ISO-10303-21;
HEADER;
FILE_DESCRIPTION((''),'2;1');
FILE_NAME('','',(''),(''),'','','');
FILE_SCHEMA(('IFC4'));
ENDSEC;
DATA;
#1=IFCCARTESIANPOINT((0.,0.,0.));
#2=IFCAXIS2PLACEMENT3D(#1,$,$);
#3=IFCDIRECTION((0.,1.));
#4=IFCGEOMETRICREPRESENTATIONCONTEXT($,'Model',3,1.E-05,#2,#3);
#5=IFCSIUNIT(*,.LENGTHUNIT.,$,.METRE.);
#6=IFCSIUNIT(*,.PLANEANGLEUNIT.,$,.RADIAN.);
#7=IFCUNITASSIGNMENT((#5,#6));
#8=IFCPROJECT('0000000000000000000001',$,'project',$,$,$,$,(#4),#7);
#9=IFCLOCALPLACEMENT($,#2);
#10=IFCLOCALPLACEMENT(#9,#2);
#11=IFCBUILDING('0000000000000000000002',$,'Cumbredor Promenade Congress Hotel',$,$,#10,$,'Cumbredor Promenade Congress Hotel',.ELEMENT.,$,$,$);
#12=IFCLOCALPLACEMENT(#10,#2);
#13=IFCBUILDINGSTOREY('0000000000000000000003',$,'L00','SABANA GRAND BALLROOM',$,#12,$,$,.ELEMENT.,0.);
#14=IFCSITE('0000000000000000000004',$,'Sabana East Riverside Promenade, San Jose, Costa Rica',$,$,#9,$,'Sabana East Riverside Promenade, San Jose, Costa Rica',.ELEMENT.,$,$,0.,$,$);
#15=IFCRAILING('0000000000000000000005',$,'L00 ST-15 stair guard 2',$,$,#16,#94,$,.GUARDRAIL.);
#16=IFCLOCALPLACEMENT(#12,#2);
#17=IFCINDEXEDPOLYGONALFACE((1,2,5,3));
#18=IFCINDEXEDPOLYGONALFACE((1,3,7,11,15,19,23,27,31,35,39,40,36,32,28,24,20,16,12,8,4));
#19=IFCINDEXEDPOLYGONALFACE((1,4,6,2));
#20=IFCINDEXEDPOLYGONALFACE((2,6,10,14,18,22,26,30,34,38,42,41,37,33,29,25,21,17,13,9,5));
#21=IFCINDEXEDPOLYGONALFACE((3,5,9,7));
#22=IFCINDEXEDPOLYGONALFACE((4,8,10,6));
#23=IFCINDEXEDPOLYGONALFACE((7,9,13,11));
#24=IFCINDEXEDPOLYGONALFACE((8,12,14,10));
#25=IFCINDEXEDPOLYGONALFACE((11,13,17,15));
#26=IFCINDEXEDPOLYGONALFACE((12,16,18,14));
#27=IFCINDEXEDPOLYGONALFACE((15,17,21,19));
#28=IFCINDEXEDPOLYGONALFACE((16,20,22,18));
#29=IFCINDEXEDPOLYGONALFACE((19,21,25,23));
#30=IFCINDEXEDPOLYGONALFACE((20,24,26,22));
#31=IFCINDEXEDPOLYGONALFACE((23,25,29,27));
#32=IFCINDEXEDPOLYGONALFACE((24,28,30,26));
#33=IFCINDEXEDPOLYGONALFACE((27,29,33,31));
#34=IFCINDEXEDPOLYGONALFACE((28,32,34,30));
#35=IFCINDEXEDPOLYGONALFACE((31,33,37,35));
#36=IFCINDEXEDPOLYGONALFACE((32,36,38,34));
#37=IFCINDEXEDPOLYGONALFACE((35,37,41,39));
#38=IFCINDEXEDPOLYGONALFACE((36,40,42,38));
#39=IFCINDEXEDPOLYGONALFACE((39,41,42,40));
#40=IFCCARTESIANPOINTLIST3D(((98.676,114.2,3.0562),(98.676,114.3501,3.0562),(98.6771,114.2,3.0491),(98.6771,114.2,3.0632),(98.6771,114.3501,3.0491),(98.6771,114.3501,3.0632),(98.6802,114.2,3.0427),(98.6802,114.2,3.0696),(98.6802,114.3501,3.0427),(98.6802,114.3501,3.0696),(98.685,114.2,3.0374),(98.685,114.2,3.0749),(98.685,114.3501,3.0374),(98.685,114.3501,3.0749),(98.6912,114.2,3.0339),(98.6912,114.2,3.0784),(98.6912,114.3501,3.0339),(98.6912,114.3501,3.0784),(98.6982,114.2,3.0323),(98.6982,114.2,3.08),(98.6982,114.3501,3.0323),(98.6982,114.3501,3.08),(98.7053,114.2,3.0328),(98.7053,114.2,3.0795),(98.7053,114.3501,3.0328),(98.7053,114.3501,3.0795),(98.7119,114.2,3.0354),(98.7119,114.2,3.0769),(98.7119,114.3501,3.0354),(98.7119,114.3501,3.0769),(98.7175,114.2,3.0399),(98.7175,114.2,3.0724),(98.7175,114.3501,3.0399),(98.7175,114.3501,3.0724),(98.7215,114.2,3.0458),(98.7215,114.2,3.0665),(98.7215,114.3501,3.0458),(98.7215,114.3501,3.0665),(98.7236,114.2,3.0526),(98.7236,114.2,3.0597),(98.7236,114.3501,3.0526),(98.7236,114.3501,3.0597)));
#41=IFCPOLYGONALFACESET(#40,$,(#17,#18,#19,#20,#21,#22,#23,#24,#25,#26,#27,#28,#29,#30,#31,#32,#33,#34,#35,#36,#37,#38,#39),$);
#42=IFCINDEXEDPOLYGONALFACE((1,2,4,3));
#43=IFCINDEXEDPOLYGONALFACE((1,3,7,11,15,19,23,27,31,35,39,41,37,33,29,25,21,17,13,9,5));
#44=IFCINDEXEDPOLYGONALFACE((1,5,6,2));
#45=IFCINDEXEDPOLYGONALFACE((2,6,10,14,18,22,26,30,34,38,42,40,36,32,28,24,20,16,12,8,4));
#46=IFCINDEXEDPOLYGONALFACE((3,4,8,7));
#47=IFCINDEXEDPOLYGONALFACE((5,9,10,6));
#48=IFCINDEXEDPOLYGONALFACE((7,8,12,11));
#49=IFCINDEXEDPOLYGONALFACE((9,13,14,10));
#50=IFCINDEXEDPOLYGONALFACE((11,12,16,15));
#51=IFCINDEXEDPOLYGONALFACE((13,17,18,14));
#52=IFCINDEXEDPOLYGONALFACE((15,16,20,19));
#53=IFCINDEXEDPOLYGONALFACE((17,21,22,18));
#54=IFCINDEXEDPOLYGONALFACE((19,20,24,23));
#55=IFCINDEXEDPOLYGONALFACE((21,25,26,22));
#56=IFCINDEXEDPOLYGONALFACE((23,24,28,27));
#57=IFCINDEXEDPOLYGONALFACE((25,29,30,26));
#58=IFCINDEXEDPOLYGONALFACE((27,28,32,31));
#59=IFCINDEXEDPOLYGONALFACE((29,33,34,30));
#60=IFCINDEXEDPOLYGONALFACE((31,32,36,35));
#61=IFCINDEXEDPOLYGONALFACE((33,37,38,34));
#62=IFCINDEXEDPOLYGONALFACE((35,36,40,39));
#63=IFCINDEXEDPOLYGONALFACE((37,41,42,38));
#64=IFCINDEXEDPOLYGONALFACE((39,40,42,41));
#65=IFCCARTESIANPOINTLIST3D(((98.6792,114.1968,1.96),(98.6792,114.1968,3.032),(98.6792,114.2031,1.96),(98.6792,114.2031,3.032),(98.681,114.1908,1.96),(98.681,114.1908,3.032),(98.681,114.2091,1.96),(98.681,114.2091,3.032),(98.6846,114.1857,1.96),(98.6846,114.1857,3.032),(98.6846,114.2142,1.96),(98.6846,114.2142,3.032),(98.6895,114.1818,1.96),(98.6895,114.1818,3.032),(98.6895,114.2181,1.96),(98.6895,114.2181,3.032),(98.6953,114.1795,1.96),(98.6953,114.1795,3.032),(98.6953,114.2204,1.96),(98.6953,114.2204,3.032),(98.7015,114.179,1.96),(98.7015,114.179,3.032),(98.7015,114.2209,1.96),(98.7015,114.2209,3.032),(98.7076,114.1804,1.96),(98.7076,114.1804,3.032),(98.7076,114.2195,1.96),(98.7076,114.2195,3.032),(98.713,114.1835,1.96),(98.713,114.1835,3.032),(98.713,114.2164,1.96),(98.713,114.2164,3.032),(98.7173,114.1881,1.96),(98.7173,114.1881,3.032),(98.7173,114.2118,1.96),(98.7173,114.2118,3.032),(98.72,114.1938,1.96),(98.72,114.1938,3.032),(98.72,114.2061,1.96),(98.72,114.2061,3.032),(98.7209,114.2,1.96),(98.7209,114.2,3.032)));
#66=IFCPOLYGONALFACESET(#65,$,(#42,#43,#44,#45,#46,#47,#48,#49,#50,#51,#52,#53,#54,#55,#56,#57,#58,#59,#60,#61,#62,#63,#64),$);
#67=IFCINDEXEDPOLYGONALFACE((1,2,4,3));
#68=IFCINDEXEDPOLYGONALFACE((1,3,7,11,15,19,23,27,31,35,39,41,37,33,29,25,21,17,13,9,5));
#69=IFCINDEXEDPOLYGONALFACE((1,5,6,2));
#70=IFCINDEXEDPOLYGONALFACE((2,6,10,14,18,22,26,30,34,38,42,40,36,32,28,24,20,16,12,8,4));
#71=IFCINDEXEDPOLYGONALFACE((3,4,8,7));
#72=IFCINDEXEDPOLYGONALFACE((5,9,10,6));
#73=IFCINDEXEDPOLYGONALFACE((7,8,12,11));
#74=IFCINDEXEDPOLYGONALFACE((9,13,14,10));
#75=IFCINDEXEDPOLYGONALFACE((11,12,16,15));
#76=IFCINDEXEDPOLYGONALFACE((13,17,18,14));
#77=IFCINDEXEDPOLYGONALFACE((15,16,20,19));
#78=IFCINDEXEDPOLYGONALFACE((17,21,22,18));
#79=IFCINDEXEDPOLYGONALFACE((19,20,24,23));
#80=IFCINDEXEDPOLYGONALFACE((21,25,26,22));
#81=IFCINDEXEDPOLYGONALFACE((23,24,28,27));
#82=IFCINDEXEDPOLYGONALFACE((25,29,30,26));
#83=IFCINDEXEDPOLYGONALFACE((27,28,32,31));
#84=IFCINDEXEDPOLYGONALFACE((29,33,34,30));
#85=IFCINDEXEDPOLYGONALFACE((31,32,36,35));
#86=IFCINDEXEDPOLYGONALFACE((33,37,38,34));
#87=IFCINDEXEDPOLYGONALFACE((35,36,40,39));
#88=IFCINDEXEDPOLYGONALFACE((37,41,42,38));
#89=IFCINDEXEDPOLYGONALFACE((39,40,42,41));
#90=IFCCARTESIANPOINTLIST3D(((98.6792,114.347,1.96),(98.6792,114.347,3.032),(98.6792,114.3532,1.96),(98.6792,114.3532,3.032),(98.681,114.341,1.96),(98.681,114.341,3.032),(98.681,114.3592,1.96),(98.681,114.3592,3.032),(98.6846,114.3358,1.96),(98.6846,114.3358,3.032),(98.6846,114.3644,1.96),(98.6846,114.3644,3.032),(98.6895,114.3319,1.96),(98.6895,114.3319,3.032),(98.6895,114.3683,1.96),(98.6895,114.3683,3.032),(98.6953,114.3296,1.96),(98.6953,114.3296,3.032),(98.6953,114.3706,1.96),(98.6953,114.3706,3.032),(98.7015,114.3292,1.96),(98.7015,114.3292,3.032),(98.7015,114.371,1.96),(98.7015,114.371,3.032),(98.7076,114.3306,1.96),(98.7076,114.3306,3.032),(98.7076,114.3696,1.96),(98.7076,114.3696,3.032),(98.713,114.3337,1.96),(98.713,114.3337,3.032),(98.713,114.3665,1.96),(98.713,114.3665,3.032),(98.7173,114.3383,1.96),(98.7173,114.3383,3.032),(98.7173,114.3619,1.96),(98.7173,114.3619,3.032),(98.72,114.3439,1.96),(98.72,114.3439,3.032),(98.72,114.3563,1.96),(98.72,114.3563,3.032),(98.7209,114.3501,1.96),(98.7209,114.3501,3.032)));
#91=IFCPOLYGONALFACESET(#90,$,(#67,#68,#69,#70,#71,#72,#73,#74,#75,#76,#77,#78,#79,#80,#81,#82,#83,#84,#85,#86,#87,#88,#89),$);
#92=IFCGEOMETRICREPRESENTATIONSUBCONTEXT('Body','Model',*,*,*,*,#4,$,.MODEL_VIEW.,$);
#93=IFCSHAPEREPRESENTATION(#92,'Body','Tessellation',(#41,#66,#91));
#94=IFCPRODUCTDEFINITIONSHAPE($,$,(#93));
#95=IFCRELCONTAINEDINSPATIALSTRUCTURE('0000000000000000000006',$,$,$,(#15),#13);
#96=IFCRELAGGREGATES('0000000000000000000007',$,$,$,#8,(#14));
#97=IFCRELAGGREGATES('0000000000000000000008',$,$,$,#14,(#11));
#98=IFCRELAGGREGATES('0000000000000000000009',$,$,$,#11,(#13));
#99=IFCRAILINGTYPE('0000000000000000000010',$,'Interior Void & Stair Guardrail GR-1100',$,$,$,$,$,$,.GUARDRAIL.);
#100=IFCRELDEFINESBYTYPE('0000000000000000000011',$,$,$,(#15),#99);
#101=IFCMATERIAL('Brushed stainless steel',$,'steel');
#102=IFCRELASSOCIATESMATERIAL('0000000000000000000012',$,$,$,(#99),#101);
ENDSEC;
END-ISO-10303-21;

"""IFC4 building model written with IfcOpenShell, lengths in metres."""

from ifc_helpers import new_model, si_unit, direction, frame, origin, origin_2d, place, context, subcontext, project, spatial, circle, extrude, material, type_object, element, save


model = new_model("IFC4")

# Units and contexts
model_context = context("Model", 3, precision=1e-05, world=origin(), true_north=direction((0.0, 1.0)))
body_context = subcontext(model_context, "Body", "Model", "MODEL_VIEW")
ifc_project = project(units=[si_unit("LENGTHUNIT", "METRE"), si_unit("PLANEANGLEUNIT", "RADIAN")], contexts=[model_context])

# Site, building, storey
site_placement = place(None, origin())
site = spatial("IfcSite", under=ifc_project, at=site_placement, Name="Sabana East Riverside Promenade, San Jose, Costa Rica", LongName="Sabana East Riverside Promenade, San Jose, Costa Rica", CompositionType="ELEMENT", RefElevation=0.0)
building_placement = place(site_placement, origin())
building = spatial("IfcBuilding", under=site, at=building_placement, Name="Cumbredor Promenade Congress Hotel", LongName="Cumbredor Promenade Congress Hotel", CompositionType="ELEMENT")
storey_placement = place(building_placement, origin())
storey = spatial("IfcBuildingStorey", under=building, at=storey_placement, Name="L00", Description="SABANA GRAND BALLROOM", CompositionType="ELEMENT", Elevation=0.0)

# Railing
ifc_material_1 = material(Name="Brushed stainless steel", Category="steel")
railing_type_1 = type_object("IfcRailingType", Name="Interior Void & Stair Guardrail GR-1100", PredefinedType="GUARDRAIL", material=ifc_material_1)
railing_1_placement = place(storey_placement, frame((98.7, 114.2, 1.96)))
element("IfcRailing", 1, at=railing_1_placement, inside=storey, type_object=railing_type_1, Name="L00 ST-15 stair guard 2", PredefinedType="GUARDRAIL", context=body_context, shape_type="SweptSolid", body=[
    extrude(circle(Radius=0.0239, at=origin_2d()), frame((0.0, 0.0, 1.0962), z_axis=(0.0, 1.0, 0.0), x_axis=(-1.0, 0.0, 0.0)), (0.0, 0.0, 1.0), 0.1501),
    extrude(circle(Radius=0.021, at=origin_2d()), origin(), (0.0, 0.0, 1.0), 1.072),
    extrude(circle(Radius=0.021, at=origin_2d()), frame((0.0, 0.1501, 0.0)), (0.0, 0.0, 1.0), 1.072),
])

save(model, "model.ifc")
